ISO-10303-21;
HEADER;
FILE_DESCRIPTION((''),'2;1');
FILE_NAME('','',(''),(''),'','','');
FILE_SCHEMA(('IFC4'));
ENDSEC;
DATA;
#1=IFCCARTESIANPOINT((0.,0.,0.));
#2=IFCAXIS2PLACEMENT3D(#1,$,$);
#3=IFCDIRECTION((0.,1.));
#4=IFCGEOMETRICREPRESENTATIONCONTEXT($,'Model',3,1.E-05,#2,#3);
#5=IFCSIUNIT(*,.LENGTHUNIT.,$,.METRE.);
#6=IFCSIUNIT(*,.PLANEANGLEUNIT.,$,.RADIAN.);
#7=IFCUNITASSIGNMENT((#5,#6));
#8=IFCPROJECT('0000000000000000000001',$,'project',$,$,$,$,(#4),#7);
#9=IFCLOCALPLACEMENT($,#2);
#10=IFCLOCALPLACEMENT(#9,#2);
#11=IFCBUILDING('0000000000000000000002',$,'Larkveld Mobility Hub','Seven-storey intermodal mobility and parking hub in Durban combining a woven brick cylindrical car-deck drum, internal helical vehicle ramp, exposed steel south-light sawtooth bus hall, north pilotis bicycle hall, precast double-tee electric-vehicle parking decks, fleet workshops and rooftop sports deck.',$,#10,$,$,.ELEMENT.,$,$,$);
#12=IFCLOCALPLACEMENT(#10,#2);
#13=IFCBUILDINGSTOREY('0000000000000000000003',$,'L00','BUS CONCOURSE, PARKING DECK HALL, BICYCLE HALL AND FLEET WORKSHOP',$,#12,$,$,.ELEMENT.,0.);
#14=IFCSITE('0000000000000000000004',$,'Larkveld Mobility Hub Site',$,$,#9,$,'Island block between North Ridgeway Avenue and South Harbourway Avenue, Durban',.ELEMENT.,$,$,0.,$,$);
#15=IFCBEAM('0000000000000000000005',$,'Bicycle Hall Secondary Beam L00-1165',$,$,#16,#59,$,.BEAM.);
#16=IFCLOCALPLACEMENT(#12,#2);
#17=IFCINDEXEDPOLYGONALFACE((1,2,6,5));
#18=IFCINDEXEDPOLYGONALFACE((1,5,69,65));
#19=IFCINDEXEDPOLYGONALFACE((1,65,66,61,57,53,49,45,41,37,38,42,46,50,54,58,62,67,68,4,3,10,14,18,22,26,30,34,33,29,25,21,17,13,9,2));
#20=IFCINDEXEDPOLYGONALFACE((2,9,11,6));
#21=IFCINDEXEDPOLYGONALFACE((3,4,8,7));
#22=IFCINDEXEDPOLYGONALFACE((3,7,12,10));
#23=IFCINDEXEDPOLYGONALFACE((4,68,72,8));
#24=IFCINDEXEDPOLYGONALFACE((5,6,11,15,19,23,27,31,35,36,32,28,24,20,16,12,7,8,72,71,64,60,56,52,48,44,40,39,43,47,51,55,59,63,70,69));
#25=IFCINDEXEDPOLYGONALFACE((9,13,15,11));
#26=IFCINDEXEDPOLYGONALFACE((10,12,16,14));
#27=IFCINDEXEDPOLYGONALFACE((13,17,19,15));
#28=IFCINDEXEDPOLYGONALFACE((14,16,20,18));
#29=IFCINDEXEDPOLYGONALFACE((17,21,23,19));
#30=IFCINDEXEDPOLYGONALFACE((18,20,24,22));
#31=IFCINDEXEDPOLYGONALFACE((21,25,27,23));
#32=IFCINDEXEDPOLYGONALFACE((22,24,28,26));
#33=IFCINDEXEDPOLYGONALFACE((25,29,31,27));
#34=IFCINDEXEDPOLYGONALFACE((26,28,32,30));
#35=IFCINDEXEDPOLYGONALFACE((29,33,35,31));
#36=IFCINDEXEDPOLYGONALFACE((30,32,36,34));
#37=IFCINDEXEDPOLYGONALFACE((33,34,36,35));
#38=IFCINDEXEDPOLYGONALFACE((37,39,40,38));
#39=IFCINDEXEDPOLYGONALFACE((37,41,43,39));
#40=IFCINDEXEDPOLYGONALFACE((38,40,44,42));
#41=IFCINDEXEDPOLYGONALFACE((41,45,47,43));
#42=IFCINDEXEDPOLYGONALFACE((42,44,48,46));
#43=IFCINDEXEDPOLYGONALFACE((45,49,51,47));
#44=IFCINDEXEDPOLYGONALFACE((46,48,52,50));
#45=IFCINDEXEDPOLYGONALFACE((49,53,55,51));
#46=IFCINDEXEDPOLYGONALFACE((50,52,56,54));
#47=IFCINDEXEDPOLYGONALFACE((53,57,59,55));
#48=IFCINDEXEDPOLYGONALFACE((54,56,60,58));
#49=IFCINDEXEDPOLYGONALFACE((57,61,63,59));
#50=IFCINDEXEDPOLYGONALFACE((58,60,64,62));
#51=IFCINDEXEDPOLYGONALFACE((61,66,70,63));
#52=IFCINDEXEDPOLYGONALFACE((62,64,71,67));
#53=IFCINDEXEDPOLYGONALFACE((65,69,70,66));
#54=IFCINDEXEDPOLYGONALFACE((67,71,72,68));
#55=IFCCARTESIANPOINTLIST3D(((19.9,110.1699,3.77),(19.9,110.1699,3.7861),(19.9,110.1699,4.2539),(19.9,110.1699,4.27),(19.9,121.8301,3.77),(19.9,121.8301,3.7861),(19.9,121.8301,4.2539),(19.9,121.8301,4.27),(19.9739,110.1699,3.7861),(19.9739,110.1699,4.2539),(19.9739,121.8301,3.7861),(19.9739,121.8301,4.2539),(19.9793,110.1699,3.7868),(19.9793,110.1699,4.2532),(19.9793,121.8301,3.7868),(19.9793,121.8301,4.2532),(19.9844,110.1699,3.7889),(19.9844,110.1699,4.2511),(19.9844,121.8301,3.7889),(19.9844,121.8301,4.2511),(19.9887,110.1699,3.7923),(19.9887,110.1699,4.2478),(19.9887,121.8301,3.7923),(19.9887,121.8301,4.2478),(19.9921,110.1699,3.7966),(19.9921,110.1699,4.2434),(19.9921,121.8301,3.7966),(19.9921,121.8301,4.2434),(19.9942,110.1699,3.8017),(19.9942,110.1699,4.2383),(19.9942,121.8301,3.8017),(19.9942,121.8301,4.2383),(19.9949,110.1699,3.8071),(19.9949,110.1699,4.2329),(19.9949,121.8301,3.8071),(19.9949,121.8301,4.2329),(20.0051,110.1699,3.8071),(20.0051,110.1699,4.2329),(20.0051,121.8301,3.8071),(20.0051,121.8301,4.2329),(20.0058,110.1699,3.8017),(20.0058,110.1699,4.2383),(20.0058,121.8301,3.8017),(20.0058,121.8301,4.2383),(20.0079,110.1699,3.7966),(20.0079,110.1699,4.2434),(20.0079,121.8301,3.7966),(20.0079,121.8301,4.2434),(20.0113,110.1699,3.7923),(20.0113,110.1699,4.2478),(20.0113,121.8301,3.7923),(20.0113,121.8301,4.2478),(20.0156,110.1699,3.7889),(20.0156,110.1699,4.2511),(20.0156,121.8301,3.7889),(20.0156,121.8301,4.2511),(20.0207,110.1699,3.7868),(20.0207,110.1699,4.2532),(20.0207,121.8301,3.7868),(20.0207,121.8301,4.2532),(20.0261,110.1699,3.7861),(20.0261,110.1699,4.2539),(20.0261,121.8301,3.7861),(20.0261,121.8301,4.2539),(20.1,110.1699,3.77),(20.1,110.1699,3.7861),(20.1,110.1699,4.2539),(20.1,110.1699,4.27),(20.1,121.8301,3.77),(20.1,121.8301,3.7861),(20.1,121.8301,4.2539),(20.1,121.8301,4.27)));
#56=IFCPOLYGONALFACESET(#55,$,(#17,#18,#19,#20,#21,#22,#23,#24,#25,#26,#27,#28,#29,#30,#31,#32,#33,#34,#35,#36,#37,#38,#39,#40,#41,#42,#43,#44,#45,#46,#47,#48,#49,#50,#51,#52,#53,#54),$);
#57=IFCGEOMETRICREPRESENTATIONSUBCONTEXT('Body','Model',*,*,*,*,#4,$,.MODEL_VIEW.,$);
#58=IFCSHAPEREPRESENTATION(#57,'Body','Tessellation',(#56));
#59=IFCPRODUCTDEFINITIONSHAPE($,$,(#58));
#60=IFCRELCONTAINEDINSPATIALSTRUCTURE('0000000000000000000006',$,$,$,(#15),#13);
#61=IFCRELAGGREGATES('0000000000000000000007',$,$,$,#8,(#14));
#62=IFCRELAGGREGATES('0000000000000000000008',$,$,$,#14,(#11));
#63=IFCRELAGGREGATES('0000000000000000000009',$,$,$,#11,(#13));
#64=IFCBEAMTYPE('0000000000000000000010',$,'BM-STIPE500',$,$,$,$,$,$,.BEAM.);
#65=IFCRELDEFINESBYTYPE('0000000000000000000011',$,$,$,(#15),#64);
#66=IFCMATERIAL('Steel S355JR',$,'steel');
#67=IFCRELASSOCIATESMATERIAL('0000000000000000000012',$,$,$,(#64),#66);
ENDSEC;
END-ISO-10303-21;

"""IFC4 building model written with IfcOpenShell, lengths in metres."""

from ifc_helpers import new_model, si_unit, direction, frame, origin, origin_2d, place, context, subcontext, project, spatial, i_section, extrude, material, material_profile, profile_set, type_object, element, save


model = new_model("IFC4")

# Units and contexts
model_context = context("Model", 3, precision=1e-05, world=origin(), true_north=direction((0.0, 1.0)))
body_context = subcontext(model_context, "Body", "Model", "MODEL_VIEW")
ifc_project = project(units=[si_unit("LENGTHUNIT", "METRE"), si_unit("PLANEANGLEUNIT", "RADIAN")], contexts=[model_context])

# Site, building, storey
site_placement = place(None, origin())
site = spatial("IfcSite", under=ifc_project, at=site_placement, Name="Larkveld Mobility Hub Site", LongName="Island block between North Ridgeway Avenue and South Harbourway Avenue, Durban", CompositionType="ELEMENT", RefElevation=0.0)
building_placement = place(site_placement, origin())
building = spatial("IfcBuilding", under=site, at=building_placement, Name="Larkveld Mobility Hub", Description="Seven-storey intermodal mobility and parking hub in Durban combining a woven brick cylindrical car-deck drum, internal helical vehicle ramp, exposed steel south-light sawtooth bus hall, north pilotis bicycle hall, precast double-tee electric-vehicle parking decks, fleet workshops and rooftop sports deck.", CompositionType="ELEMENT")
storey_placement = place(building_placement, origin())
storey = spatial("IfcBuildingStorey", under=building, at=storey_placement, Name="L00", Description="BUS CONCOURSE, PARKING DECK HALL, BICYCLE HALL AND FLEET WORKSHOP", CompositionType="ELEMENT", Elevation=0.0)

# Beam
ifc_material_1 = material(Name="Steel S355JR", Category="steel")
ifc_material_profile_1 = material_profile(ifc_material_1, i_section(OverallWidth=0.2, OverallDepth=0.5, WebThickness=0.0103, FlangeThickness=0.0161, FilletRadius=0.021, at=origin_2d()), Name="IPE 500")
ifc_profile_set_1 = profile_set([ifc_material_profile_1], Name="Steel S355JR")
beam_type_1 = type_object("IfcBeamType", Name="BM-STIPE500", PredefinedType="BEAM", material=ifc_profile_set_1)
beam_1_placement = place(storey_placement, frame((20.0, 110.1699, 4.02), z_axis=(0.0, 1.0, 0.0), x_axis=(-1.0, 0.0, 0.0)))
element("IfcBeam", 1, at=beam_1_placement, inside=storey, type_object=beam_type_1, Name="Bicycle Hall Secondary Beam L00-1165", PredefinedType="BEAM", context=body_context, shape_type="SweptSolid", body=[
    extrude(i_section(OverallWidth=0.2, OverallDepth=0.5, WebThickness=0.0103, FlangeThickness=0.0161, FilletRadius=0.021, at=origin_2d()), origin(), (0.0, 0.0, 1.0), 11.6602),
])

save(model, "model.ifc")
